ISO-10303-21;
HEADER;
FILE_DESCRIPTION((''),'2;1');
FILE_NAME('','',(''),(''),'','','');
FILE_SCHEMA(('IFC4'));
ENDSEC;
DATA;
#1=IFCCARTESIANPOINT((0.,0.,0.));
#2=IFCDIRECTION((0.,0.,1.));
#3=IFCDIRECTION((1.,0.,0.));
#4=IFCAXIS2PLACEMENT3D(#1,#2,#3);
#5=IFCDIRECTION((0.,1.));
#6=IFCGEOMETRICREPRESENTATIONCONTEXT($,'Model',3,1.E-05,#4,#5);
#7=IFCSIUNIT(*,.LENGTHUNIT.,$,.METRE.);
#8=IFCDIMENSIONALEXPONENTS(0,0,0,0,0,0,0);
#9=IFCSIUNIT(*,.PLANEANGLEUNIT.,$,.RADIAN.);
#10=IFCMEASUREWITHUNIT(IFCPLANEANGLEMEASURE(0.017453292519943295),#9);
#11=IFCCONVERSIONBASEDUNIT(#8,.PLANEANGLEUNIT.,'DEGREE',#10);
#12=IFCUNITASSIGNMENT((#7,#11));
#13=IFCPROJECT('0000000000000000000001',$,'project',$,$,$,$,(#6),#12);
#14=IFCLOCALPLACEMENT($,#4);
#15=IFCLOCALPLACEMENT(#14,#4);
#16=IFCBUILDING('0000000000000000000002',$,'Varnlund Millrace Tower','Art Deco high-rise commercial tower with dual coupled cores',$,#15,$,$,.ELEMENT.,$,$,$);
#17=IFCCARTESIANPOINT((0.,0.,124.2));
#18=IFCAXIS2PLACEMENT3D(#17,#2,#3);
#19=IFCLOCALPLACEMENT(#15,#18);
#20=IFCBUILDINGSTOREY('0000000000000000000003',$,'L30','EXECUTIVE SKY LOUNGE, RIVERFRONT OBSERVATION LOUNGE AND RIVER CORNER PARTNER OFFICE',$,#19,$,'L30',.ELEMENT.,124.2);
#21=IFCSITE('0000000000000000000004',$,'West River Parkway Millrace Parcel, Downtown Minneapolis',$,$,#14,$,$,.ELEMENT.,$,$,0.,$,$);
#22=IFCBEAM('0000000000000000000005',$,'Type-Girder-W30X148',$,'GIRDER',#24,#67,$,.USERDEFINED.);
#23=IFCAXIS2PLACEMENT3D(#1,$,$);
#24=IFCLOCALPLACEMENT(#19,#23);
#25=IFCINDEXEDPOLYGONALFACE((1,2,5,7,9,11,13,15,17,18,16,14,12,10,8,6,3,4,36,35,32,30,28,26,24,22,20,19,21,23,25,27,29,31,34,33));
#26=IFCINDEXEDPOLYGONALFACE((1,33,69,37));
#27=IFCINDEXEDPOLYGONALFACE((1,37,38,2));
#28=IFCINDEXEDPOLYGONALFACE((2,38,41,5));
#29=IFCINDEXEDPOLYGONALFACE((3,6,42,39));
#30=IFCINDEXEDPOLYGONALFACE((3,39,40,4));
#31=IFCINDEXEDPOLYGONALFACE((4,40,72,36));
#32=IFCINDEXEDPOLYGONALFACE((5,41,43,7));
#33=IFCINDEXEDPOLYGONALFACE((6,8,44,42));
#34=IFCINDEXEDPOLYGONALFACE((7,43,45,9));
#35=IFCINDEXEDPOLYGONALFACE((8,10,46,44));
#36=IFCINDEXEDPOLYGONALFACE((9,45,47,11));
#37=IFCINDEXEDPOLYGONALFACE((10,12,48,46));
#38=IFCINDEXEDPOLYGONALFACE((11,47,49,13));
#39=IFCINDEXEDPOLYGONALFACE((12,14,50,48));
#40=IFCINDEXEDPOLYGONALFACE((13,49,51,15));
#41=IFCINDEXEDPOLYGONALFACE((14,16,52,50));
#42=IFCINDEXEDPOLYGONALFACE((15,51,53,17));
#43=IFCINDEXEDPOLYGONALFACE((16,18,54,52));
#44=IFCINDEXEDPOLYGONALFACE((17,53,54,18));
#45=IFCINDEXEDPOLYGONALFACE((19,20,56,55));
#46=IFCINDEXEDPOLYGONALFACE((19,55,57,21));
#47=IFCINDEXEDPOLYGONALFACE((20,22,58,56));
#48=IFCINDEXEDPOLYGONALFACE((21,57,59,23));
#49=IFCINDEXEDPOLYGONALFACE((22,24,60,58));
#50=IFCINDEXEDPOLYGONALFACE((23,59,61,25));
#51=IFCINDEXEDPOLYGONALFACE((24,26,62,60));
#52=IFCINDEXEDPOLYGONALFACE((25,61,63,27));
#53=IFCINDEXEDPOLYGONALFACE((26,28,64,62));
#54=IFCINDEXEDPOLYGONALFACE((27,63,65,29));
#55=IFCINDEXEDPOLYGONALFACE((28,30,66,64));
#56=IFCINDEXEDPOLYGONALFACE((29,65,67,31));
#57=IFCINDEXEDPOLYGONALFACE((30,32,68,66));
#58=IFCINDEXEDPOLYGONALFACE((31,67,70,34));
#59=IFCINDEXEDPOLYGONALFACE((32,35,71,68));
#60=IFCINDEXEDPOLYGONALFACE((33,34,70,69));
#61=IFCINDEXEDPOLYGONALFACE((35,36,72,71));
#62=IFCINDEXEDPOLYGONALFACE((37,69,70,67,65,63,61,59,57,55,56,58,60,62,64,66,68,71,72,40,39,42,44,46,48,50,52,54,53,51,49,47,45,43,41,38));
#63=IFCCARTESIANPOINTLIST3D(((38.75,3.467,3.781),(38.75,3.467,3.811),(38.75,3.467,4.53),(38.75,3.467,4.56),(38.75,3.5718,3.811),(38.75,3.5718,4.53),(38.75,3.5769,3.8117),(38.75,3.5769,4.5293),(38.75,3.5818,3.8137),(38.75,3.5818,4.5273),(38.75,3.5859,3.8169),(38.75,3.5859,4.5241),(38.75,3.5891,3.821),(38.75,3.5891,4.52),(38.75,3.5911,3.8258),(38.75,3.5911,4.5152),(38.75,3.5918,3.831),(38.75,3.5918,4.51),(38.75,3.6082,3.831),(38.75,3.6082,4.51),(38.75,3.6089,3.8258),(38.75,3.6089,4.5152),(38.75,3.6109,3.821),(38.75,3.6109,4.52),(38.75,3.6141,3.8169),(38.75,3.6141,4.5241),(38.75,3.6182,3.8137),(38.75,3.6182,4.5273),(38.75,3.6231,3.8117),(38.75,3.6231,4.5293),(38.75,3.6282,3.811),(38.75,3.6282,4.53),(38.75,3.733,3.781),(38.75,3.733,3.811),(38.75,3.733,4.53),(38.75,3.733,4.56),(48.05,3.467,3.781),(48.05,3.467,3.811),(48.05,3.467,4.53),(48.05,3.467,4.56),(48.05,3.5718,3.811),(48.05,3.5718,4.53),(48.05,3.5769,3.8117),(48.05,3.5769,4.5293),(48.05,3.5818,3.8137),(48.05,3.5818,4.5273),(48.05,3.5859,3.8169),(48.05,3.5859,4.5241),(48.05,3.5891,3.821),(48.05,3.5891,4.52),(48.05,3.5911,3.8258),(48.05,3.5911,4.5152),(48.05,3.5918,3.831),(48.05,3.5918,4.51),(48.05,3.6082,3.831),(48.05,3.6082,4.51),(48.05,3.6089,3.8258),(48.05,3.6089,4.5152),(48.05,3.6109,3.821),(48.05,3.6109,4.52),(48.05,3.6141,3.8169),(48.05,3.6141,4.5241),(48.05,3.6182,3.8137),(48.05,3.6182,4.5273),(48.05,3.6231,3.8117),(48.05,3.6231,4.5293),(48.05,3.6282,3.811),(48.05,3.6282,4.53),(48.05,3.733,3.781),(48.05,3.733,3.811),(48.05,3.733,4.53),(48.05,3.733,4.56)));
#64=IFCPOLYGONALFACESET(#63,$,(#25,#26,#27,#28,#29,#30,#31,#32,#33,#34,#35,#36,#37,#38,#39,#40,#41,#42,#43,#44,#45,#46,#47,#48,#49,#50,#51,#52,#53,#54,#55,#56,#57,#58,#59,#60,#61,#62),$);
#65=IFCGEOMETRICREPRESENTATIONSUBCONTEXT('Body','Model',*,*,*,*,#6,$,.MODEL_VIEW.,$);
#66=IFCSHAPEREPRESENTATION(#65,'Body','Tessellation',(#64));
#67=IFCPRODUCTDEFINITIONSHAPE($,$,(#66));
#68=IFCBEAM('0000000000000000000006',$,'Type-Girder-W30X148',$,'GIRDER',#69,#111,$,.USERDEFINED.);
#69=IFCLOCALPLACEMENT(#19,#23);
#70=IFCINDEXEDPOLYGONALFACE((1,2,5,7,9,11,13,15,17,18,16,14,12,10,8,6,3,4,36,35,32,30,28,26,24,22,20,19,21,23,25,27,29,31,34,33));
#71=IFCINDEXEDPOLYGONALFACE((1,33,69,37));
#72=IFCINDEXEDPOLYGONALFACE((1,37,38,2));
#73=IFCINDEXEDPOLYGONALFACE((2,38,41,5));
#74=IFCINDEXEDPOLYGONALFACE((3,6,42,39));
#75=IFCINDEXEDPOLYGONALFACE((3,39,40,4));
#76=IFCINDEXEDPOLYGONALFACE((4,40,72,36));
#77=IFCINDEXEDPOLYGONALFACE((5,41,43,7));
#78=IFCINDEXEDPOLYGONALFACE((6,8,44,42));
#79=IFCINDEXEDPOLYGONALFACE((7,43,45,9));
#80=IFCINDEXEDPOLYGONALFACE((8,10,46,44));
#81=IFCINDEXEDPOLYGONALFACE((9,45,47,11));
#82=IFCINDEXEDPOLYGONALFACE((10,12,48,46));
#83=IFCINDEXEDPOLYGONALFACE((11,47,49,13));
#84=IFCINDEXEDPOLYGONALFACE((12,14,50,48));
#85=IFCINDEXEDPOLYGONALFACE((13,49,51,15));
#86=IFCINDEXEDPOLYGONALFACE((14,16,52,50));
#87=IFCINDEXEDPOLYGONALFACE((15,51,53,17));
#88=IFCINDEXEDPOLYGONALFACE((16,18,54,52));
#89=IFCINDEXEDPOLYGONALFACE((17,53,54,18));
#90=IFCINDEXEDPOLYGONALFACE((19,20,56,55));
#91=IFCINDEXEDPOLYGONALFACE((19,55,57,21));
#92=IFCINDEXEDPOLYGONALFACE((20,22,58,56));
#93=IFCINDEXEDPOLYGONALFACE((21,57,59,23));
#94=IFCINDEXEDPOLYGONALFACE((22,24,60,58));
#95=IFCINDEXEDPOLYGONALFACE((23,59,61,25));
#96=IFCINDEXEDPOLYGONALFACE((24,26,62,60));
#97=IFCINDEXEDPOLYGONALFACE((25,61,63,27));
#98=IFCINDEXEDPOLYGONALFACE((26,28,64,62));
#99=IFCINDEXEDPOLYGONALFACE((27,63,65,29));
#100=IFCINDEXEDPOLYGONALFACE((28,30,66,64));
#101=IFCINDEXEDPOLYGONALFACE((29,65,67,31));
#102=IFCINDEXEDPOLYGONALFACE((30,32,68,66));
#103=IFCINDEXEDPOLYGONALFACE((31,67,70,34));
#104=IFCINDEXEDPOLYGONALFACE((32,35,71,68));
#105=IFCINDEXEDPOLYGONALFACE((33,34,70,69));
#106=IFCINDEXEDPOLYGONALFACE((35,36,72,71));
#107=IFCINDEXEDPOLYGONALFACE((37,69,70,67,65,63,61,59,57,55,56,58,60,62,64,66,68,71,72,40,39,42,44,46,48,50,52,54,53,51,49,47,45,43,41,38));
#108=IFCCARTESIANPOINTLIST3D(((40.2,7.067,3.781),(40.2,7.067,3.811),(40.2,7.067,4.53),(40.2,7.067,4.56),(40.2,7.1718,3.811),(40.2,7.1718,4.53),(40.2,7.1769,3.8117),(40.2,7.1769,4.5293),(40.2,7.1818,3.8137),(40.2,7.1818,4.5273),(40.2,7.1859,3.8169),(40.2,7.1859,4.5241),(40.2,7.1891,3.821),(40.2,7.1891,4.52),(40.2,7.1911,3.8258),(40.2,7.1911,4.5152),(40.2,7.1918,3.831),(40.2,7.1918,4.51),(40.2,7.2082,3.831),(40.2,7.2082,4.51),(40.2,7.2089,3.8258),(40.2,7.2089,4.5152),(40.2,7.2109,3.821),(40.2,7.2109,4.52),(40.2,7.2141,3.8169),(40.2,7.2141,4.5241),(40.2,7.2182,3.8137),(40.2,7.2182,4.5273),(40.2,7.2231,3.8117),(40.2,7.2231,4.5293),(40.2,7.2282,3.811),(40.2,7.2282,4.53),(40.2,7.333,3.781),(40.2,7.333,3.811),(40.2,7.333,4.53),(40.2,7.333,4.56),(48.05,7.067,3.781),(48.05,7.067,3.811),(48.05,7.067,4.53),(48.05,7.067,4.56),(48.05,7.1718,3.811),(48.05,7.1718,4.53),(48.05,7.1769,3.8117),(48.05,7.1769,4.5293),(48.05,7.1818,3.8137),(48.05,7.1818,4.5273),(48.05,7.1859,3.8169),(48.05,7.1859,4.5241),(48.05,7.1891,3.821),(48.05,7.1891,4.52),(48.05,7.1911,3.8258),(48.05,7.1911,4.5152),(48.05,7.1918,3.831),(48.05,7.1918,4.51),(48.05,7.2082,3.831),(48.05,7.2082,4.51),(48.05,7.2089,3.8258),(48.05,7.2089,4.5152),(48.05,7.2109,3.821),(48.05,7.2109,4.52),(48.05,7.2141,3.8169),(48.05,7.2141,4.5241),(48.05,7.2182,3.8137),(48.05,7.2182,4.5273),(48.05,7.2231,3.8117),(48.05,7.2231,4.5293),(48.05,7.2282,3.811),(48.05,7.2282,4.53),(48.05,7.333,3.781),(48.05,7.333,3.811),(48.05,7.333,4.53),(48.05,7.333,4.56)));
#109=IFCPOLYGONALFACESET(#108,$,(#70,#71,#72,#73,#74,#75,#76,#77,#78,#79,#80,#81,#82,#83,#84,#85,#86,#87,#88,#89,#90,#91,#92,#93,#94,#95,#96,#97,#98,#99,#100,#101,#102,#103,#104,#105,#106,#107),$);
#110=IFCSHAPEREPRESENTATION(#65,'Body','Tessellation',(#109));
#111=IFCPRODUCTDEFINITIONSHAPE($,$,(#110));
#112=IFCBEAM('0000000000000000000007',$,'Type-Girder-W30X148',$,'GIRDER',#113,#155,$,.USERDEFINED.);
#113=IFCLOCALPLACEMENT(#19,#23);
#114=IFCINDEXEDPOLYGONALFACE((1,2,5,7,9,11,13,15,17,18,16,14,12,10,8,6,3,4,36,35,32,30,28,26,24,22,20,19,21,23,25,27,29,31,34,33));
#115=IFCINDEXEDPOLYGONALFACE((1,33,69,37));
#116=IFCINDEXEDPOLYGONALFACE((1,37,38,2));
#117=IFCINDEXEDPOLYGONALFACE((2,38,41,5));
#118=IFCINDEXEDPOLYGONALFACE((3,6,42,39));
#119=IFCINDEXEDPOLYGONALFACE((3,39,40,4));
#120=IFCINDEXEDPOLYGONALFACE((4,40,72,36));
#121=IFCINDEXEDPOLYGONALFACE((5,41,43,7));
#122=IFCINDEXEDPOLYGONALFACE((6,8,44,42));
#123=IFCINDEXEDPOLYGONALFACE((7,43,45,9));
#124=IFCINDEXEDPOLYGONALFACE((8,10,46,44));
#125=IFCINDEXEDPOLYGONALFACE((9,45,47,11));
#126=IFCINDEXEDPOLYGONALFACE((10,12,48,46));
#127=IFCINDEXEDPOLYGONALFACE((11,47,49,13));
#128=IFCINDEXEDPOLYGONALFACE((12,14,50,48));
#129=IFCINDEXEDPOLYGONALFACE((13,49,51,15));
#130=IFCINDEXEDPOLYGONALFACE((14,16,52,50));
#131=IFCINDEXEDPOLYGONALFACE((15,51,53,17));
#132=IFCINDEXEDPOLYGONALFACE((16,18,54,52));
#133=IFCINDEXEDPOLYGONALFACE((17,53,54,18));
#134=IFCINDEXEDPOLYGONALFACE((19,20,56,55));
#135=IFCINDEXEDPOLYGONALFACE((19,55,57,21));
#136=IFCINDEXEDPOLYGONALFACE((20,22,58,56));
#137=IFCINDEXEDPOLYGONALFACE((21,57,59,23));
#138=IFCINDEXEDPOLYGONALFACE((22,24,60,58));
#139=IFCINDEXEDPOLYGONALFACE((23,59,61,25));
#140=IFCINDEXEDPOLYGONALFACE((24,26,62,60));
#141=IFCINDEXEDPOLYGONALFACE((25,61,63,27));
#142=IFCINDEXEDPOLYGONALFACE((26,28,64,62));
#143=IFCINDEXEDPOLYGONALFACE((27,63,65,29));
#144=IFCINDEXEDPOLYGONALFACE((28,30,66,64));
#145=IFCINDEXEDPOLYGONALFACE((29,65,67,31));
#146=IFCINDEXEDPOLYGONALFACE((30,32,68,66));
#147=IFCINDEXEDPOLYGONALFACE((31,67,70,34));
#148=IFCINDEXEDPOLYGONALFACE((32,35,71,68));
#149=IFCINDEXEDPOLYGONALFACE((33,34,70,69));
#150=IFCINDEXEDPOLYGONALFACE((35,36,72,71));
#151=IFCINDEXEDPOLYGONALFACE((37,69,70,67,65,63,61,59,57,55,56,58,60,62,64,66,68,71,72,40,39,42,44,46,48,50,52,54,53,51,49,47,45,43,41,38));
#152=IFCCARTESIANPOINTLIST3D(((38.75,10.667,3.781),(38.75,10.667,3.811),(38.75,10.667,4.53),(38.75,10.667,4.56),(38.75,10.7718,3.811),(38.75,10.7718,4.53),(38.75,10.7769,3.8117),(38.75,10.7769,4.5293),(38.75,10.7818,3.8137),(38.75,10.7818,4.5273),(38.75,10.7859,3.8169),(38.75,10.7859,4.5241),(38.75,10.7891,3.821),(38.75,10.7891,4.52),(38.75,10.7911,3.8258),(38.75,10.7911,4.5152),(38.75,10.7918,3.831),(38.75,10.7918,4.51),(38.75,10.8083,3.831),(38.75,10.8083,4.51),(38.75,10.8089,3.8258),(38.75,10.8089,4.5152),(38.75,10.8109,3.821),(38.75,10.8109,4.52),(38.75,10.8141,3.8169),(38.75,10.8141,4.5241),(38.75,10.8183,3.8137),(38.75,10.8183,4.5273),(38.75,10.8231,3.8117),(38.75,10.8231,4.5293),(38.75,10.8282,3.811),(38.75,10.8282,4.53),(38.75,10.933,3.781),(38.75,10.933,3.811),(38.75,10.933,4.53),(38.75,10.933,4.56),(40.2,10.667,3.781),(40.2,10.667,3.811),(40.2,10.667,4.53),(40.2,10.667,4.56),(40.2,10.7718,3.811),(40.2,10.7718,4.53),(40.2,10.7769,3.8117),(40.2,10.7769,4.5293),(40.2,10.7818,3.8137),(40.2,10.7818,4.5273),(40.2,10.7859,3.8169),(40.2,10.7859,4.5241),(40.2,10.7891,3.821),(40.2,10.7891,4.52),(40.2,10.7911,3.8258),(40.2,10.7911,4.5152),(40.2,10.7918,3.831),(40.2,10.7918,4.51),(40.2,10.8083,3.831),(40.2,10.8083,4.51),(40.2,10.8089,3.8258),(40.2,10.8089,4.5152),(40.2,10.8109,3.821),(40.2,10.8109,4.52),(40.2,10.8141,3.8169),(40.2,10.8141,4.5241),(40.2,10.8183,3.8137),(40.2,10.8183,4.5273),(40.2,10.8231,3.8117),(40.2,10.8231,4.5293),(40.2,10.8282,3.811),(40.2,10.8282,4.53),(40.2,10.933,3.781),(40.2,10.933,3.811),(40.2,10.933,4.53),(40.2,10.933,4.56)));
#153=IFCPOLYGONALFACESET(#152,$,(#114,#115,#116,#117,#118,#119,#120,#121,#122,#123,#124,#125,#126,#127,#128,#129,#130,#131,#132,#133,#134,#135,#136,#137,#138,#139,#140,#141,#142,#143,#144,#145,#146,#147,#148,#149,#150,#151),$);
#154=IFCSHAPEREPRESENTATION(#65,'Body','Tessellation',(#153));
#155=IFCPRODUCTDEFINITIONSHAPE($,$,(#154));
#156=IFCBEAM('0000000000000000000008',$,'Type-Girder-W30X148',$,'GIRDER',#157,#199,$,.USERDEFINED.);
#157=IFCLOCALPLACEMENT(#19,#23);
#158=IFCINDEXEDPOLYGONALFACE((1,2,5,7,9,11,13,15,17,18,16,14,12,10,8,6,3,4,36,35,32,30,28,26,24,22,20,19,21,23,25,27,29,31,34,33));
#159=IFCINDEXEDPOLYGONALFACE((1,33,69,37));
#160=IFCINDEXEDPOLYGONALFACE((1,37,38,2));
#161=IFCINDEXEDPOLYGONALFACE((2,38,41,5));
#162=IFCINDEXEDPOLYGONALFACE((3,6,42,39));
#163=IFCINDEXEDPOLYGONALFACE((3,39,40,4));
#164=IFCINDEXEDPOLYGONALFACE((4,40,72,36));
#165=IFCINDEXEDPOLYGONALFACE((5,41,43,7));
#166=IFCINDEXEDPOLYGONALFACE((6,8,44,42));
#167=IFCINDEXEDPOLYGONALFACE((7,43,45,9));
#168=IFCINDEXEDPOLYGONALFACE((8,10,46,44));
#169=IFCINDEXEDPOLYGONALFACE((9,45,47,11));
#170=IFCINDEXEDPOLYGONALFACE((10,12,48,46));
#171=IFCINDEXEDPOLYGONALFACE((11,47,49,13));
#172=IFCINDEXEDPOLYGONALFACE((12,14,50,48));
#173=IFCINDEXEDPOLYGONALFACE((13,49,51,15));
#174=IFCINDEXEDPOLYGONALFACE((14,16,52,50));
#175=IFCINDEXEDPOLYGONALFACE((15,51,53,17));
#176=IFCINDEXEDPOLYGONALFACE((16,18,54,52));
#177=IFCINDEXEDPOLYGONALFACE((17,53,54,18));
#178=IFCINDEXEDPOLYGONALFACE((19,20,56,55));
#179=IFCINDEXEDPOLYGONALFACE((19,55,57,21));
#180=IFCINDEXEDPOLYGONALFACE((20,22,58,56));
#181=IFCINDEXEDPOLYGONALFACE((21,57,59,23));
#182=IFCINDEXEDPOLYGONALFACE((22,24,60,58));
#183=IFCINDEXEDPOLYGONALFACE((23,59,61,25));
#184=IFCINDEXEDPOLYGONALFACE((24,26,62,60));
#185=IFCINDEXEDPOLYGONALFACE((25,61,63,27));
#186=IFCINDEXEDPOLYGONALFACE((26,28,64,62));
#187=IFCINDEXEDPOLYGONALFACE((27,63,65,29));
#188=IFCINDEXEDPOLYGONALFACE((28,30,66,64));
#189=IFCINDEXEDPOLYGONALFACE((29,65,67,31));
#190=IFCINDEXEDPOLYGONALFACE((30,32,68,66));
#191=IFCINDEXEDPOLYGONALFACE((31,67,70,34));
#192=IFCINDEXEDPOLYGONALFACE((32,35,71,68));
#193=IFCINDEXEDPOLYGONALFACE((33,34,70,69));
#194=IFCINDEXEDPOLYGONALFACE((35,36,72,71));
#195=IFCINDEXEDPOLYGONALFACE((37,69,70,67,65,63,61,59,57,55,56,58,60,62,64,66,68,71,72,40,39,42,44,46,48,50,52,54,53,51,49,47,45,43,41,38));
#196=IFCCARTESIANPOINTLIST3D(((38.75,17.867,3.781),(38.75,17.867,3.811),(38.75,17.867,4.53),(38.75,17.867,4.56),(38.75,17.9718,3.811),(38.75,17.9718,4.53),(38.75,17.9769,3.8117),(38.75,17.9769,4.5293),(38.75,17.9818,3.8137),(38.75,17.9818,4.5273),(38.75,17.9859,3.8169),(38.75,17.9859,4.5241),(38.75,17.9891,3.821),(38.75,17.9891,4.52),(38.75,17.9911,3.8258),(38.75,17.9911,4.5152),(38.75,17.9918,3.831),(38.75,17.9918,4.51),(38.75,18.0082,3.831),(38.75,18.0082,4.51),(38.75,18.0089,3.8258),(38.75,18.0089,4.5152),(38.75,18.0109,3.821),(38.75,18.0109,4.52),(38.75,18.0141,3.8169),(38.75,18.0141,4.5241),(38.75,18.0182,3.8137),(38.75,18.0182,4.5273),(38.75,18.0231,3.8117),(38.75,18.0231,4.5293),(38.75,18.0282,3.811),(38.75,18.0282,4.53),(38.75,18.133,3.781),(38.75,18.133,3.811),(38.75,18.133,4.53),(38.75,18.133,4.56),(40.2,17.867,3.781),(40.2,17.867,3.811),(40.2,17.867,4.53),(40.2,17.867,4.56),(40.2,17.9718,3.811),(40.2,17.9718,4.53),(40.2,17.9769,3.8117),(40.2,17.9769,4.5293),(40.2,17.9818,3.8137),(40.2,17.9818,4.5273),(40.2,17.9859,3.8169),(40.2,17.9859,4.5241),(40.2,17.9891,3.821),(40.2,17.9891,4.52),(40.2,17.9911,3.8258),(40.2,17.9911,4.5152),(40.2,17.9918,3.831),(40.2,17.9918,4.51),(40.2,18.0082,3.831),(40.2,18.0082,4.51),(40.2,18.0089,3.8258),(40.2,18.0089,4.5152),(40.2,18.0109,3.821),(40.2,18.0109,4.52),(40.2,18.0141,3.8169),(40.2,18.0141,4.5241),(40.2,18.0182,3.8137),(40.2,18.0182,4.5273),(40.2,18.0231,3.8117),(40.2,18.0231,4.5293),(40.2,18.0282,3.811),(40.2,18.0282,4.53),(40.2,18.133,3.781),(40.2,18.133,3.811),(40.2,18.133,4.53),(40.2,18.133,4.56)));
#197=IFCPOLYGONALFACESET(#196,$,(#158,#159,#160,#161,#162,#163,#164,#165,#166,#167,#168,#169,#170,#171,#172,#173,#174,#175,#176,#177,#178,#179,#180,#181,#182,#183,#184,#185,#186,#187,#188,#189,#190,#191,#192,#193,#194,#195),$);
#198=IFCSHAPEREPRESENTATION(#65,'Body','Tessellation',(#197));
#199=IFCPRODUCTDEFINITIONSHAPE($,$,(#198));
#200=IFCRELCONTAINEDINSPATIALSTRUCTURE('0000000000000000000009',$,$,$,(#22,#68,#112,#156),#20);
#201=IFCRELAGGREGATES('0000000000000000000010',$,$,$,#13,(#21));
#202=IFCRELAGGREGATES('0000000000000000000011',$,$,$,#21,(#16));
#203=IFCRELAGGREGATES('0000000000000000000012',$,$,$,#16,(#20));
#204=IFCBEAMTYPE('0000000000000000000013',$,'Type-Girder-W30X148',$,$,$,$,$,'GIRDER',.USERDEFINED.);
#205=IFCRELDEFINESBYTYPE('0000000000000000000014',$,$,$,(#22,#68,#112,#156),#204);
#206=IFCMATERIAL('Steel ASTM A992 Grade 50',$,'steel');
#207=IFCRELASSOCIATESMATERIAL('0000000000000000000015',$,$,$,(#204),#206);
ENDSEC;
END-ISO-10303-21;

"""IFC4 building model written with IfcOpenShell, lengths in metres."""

from ifc_helpers import new_model, entity, si_unit, converted_unit, direction, frame, origin_with_axes, origin_2d_with_axis, place, context, subcontext, project, spatial, i_section, extrude, material, material_profile, profile_set, type_object, element, save


model = new_model("IFC4")

# Units and contexts
model_context = context("Model", 3, precision=1e-05, world=origin_with_axes(), true_north=direction((0.0, 1.0)))
body_context = subcontext(model_context, "Body", "Model", "MODEL_VIEW")
ifc_project = project(units=[si_unit("LENGTHUNIT", "METRE"), converted_unit("PLANEANGLEUNIT", "DEGREE", entity("IfcPlaneAngleMeasure", 0.017453292519943295), si_unit("PLANEANGLEUNIT", "RADIAN"), dimensions=[0, 0, 0, 0, 0, 0, 0])], contexts=[model_context])

# Site, building, storey
site_placement = place(None, origin_with_axes())
site = spatial("IfcSite", under=ifc_project, at=site_placement, Name="West River Parkway Millrace Parcel, Downtown Minneapolis", CompositionType="ELEMENT", RefElevation=0.0)
building_placement = place(site_placement, origin_with_axes())
building = spatial("IfcBuilding", under=site, at=building_placement, Name="Varnlund Millrace Tower", Description="Art Deco high-rise commercial tower with dual coupled cores", CompositionType="ELEMENT")
storey_placement = place(building_placement, frame((0.0, 0.0, 124.2), z_axis=(0.0, 0.0, 1.0), x_axis=(1.0, 0.0, 0.0)))
storey = spatial("IfcBuildingStorey", under=building, at=storey_placement, Name="L30", Description="EXECUTIVE SKY LOUNGE, RIVERFRONT OBSERVATION LOUNGE AND RIVER CORNER PARTNER OFFICE", LongName="L30", CompositionType="ELEMENT", Elevation=124.2)

# Beams
ifc_material_1 = material(Name="Steel ASTM A992 Grade 50", Category="steel")
ifc_material_profile_1 = material_profile(ifc_material_1, i_section(OverallWidth=0.266, OverallDepth=0.779, WebThickness=0.0165, FlangeThickness=0.03, FilletRadius=0.02, at=origin_2d_with_axis()), Name="Steel ASTM A992 Grade 50")
ifc_profile_set_1 = profile_set([ifc_material_profile_1], Name="Steel ASTM A992 Grade 50")
beam_type_1 = type_object("IfcBeamType", Name="Type-Girder-W30X148", ElementType="GIRDER", PredefinedType="USERDEFINED", material=ifc_profile_set_1)
beam_1_placement = place(storey_placement, frame((38.75, 3.6, 4.1705), z_axis=(1.0, 0.0, 0.0), x_axis=(0.0, 1.0, 0.0)))
element("IfcBeam", 1, at=beam_1_placement, inside=storey, type_object=beam_type_1, Name="Type-Girder-W30X148", ObjectType="GIRDER", PredefinedType="USERDEFINED", context=body_context, shape_type="SweptSolid", body=[
    extrude(i_section(OverallWidth=0.266, OverallDepth=0.779, WebThickness=0.0165, FlangeThickness=0.03, FilletRadius=0.02, at=origin_2d_with_axis()), origin_with_axes(), (0.0, 0.0, 1.0), 9.3),
])
beam_2_placement = place(storey_placement, frame((40.2, 7.2, 4.1705), z_axis=(1.0, 0.0, 0.0), x_axis=(0.0, 1.0, 0.0)))
element("IfcBeam", 2, at=beam_2_placement, inside=storey, type_object=beam_type_1, Name="Type-Girder-W30X148", ObjectType="GIRDER", PredefinedType="USERDEFINED", context=body_context, shape_type="SweptSolid", body=[
    extrude(i_section(OverallWidth=0.266, OverallDepth=0.779, WebThickness=0.0165, FlangeThickness=0.03, FilletRadius=0.02, at=origin_2d_with_axis()), origin_with_axes(), (0.0, 0.0, 1.0), 7.85),
])
for number, where, z_axis, x_axis, name in (
    (3, (38.75, 10.8, 4.1705), (1.0, 0.0, 0.0), (0.0, 1.0, 0.0), "Type-Girder-W30X148"),
    (4, (38.75, 18.0, 4.1705), (1.0, 0.0, 0.0), (0.0, 1.0, 0.0), "Type-Girder-W30X148"),
):
    element("IfcBeam", number, at=place(storey_placement, frame(where, z_axis=z_axis, x_axis=x_axis)), inside=storey, type_object=beam_type_1, Name=name, ObjectType="GIRDER", PredefinedType="USERDEFINED", context=body_context, shape_type="SweptSolid", body=[
        extrude(i_section(OverallWidth=0.266, OverallDepth=0.779, WebThickness=0.0165, FlangeThickness=0.03, FilletRadius=0.02, at=origin_2d_with_axis()), origin_with_axes(), (0.0, 0.0, 1.0), 1.45),
    ])

save(model, "model.ifc")
